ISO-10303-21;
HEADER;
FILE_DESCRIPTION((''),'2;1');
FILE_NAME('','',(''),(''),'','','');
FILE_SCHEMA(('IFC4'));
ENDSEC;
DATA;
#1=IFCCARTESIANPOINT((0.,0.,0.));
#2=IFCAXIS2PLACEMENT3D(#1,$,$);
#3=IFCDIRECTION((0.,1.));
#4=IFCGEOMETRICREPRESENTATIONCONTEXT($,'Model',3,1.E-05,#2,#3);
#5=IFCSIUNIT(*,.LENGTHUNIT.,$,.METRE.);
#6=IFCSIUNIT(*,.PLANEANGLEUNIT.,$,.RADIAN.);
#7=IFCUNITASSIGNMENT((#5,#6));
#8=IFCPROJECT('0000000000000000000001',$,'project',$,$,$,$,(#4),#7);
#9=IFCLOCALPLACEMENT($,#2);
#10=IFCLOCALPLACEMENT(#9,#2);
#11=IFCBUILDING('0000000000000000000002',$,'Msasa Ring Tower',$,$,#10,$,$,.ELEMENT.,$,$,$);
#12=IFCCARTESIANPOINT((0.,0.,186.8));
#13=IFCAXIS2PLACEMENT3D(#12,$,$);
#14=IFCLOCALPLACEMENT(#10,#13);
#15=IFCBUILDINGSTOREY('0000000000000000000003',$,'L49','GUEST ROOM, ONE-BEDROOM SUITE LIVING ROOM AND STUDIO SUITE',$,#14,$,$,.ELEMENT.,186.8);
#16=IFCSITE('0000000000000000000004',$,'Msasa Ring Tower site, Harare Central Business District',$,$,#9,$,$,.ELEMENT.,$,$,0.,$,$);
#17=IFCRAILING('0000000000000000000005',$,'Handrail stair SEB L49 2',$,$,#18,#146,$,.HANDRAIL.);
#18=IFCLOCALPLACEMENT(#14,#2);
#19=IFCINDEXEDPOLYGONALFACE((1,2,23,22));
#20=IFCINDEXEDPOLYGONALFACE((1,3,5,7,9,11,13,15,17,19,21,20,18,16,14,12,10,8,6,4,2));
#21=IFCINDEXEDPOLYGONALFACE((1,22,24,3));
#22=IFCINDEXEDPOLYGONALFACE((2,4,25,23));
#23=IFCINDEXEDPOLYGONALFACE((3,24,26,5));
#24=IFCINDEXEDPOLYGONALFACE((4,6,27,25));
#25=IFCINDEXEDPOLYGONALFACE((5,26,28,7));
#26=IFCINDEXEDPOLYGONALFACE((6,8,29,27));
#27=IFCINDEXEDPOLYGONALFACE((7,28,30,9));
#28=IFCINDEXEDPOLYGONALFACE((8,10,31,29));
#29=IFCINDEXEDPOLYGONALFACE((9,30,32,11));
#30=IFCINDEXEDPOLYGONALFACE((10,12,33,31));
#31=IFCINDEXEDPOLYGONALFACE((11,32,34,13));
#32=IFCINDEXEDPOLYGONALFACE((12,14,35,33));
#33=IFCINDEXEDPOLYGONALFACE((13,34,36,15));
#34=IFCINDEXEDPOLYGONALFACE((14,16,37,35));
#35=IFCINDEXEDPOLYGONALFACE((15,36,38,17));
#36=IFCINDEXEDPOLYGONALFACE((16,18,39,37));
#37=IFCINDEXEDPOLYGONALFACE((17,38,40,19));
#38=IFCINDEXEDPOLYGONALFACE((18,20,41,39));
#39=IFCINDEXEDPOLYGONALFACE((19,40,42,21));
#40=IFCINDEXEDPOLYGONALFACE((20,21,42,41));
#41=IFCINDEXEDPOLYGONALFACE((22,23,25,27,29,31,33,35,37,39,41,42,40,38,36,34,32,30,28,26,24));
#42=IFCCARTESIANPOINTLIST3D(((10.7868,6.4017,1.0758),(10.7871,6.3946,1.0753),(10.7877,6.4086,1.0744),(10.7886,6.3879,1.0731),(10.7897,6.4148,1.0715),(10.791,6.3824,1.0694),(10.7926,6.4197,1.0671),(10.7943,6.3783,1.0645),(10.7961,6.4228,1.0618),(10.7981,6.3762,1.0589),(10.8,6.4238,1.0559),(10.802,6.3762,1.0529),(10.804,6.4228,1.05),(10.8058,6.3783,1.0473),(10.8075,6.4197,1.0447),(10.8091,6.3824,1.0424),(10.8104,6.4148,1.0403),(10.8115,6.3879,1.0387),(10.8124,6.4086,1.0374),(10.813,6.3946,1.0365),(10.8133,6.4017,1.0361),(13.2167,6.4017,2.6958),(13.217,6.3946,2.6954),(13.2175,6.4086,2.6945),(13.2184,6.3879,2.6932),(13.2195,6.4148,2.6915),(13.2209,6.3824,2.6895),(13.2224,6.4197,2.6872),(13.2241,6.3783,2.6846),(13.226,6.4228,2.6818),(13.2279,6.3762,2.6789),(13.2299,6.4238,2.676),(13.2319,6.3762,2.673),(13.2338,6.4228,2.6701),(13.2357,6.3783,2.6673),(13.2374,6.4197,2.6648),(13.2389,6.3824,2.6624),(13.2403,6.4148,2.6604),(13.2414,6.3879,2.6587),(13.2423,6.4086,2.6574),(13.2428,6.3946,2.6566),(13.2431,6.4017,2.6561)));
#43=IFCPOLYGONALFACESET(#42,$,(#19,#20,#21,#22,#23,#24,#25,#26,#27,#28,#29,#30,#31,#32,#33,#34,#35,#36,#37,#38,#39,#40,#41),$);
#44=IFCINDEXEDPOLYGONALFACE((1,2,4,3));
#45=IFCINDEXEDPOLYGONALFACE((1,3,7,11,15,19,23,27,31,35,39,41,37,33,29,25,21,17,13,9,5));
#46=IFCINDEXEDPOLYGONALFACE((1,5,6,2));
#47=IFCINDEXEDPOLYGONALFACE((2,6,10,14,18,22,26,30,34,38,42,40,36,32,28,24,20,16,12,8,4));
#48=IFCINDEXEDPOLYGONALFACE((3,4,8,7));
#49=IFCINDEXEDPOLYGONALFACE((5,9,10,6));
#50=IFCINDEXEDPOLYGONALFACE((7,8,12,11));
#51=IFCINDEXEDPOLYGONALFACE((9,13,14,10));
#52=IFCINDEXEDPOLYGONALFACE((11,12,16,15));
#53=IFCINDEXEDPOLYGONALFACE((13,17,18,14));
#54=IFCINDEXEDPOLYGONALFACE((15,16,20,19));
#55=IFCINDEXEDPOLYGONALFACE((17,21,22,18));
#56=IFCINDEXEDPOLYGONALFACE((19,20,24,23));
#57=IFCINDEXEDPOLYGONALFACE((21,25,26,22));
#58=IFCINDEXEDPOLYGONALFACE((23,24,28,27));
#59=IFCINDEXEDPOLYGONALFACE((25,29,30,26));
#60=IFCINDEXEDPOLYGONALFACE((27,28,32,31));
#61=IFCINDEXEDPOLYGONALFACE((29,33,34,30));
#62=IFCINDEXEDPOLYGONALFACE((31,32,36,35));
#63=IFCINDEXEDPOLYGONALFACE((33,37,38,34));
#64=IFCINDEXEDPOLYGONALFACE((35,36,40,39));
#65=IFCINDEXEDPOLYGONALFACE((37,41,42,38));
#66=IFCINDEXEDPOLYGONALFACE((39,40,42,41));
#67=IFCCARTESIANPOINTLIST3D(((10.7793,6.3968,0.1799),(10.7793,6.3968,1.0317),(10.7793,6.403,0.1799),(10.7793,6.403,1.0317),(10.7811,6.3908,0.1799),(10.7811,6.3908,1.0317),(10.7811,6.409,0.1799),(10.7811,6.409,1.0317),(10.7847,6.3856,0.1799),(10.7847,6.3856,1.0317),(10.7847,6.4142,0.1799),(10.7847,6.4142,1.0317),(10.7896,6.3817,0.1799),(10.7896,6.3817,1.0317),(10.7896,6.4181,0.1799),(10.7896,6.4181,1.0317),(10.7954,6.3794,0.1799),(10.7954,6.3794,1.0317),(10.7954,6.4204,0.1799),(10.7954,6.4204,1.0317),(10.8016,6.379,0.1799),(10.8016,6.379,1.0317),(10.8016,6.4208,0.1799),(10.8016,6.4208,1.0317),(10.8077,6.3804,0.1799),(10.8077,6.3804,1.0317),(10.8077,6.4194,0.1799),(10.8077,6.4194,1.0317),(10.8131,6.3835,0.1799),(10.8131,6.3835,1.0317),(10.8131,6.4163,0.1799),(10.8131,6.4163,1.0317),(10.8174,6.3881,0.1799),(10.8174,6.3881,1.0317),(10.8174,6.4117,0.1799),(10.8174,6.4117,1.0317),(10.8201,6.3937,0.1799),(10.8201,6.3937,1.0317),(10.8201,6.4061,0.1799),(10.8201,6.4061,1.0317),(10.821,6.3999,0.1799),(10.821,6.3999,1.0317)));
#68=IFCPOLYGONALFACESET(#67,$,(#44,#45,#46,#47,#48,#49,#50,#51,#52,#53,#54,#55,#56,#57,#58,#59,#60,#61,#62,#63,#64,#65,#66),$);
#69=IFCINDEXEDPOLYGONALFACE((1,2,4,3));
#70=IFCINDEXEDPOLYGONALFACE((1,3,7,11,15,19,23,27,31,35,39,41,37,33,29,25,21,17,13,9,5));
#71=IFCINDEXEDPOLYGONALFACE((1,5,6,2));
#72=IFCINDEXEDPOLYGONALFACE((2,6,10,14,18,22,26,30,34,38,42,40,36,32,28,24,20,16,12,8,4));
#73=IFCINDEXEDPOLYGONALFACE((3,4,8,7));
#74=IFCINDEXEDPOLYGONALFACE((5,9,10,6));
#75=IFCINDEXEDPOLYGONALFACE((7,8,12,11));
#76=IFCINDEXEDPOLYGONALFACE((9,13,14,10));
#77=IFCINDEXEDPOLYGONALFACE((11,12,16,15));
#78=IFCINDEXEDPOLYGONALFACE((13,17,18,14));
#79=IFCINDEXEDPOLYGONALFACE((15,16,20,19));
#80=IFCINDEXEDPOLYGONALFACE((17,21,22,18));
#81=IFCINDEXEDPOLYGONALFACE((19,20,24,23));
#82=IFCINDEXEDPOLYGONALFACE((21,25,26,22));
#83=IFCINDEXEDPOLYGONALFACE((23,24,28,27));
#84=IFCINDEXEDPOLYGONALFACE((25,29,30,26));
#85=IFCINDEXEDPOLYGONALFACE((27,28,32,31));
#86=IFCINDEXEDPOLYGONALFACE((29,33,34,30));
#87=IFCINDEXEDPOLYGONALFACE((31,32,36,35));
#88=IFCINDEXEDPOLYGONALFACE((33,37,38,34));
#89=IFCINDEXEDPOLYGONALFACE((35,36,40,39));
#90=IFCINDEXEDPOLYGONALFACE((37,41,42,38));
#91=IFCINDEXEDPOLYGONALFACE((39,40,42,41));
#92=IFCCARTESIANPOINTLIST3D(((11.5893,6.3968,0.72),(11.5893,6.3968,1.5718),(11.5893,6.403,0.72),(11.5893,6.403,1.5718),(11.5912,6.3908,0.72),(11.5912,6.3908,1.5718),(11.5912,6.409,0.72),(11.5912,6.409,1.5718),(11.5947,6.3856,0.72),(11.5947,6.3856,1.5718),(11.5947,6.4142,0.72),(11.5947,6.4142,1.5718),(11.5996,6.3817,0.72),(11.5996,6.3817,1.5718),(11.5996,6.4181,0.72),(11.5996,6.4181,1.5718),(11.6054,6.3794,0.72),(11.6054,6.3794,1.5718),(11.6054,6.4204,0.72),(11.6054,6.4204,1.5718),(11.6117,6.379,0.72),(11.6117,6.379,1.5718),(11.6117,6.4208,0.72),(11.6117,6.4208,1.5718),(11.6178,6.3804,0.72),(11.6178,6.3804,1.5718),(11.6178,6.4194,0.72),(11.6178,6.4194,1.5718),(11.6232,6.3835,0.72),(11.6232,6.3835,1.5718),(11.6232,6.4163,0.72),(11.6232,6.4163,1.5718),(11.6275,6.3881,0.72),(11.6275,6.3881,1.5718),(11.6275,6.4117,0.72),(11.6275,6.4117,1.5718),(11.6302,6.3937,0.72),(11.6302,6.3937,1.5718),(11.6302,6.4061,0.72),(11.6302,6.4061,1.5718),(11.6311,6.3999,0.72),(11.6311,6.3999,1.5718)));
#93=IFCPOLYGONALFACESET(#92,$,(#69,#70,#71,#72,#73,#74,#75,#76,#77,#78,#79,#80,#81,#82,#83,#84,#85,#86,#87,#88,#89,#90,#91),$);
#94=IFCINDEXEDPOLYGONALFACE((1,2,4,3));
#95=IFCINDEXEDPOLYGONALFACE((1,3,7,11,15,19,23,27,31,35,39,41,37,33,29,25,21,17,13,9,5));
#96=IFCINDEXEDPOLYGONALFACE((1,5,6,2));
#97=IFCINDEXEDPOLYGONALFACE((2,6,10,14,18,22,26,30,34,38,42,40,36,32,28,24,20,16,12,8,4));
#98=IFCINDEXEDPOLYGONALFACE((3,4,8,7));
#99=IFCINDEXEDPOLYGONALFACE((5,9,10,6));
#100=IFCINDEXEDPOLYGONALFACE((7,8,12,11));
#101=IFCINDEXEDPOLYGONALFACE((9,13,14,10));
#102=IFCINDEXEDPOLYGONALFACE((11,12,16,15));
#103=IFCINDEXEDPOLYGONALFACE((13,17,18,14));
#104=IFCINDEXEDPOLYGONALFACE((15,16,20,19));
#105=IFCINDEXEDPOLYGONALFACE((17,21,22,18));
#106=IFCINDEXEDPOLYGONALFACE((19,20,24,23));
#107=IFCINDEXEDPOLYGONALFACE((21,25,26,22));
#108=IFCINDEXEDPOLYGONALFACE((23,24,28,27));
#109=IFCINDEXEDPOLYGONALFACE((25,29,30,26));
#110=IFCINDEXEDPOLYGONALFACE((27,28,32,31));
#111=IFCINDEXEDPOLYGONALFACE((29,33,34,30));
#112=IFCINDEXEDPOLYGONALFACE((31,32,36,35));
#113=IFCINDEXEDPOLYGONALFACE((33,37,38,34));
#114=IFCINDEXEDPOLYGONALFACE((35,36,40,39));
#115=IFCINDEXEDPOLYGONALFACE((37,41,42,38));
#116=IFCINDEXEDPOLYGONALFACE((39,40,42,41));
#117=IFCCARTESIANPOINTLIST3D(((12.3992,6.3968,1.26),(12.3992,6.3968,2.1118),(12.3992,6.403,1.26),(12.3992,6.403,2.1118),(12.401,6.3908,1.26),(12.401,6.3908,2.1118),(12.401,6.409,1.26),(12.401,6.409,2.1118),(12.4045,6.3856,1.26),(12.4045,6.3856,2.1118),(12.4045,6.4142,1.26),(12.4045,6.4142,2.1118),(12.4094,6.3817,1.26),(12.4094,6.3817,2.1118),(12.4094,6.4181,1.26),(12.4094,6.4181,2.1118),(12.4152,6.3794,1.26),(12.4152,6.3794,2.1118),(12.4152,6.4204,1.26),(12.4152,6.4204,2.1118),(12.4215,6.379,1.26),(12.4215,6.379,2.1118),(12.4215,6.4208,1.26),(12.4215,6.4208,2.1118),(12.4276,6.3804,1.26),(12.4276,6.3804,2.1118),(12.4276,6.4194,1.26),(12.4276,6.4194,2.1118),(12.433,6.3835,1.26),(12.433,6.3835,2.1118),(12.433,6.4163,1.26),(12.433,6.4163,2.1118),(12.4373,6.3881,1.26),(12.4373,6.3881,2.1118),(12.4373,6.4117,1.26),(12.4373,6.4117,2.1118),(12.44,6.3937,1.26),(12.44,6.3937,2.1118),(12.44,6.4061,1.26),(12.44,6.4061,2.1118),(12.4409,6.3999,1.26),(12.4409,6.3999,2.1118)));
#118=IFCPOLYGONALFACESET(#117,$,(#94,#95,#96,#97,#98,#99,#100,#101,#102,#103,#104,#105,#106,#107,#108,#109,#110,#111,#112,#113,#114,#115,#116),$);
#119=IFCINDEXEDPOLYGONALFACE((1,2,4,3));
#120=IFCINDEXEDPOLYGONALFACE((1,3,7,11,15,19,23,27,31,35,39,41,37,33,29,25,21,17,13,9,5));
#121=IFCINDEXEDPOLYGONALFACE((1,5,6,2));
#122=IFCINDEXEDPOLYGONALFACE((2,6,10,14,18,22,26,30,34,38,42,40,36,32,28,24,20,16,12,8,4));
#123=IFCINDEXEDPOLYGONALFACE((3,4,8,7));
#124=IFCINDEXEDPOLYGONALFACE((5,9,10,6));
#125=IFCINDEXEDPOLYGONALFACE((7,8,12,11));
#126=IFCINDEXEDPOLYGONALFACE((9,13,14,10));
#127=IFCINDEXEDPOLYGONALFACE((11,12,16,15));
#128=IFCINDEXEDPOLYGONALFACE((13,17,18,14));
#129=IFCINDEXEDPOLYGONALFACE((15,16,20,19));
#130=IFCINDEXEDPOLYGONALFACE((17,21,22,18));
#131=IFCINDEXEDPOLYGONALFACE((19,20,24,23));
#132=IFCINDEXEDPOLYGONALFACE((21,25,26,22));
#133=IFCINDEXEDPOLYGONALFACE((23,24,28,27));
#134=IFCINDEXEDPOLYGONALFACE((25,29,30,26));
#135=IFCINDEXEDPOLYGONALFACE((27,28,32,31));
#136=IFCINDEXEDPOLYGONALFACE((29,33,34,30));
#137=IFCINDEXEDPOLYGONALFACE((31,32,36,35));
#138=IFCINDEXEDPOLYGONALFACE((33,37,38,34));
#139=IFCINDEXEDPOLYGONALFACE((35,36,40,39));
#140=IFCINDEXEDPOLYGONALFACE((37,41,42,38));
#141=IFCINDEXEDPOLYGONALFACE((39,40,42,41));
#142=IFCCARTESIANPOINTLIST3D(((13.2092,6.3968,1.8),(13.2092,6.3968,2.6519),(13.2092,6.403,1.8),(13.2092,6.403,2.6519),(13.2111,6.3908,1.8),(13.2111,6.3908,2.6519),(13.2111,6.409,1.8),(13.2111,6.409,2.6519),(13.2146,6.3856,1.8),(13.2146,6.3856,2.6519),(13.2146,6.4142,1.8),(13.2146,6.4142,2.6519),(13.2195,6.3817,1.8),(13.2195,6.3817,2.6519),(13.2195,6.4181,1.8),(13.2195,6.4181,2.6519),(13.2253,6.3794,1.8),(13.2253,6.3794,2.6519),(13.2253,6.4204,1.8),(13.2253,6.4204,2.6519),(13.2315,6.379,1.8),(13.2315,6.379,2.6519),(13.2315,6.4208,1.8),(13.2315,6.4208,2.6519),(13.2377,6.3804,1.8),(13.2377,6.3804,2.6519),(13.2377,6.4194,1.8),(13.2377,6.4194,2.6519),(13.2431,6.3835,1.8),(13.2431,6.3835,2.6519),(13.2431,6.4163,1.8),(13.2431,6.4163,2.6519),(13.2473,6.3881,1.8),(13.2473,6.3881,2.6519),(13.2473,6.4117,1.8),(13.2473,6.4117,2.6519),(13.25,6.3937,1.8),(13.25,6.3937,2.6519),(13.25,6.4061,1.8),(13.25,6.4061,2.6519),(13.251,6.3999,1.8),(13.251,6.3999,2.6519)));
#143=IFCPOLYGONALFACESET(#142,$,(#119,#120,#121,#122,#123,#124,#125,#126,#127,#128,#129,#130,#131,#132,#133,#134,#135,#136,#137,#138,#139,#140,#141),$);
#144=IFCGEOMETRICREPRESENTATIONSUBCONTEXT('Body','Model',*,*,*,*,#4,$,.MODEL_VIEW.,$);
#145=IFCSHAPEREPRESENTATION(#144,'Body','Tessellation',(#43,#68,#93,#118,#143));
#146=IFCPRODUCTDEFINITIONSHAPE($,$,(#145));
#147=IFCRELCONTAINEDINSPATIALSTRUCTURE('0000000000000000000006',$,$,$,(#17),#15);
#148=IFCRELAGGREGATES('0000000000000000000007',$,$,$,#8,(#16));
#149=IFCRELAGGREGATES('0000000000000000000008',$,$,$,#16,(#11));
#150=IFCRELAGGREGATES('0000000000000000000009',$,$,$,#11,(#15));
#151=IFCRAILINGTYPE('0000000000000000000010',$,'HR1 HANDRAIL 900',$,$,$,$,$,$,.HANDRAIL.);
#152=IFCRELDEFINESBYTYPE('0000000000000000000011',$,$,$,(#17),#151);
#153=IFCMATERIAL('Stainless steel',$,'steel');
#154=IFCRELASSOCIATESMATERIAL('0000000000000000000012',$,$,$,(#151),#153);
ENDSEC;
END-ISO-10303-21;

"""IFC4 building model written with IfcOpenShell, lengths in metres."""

from ifc_helpers import new_model, si_unit, direction, frame, origin, origin_2d, place, context, subcontext, project, spatial, circle, extrude, material, type_object, element, save


model = new_model("IFC4")

# Units and contexts
model_context = context("Model", 3, precision=1e-05, world=origin(), true_north=direction((0.0, 1.0)))
body_context = subcontext(model_context, "Body", "Model", "MODEL_VIEW")
ifc_project = project(units=[si_unit("LENGTHUNIT", "METRE"), si_unit("PLANEANGLEUNIT", "RADIAN")], contexts=[model_context])

# Site, building, storey
site_placement = place(None, origin())
site = spatial("IfcSite", under=ifc_project, at=site_placement, Name="Msasa Ring Tower site, Harare Central Business District", CompositionType="ELEMENT", RefElevation=0.0)
building_placement = place(site_placement, origin())
building = spatial("IfcBuilding", under=site, at=building_placement, Name="Msasa Ring Tower", CompositionType="ELEMENT")
storey_placement = place(building_placement, frame((0.0, 0.0, 186.8)))
storey = spatial("IfcBuildingStorey", under=building, at=storey_placement, Name="L49", Description="GUEST ROOM, ONE-BEDROOM SUITE LIVING ROOM AND STUDIO SUITE", CompositionType="ELEMENT", Elevation=186.8)

# Railing
ifc_material_1 = material(Name="Stainless steel", Category="steel")
railing_type = type_object("IfcRailingType", Name="HR1 HANDRAIL 900", PredefinedType="HANDRAIL", material=ifc_material_1)
for number, where, name in (
    (1, (10.8, 6.3999, 0.1799), "Handrail stair SEB L49 2"),
):
    element("IfcRailing", number, at=place(storey_placement, frame(where)), inside=storey, type_object=railing_type, Name=name, PredefinedType="HANDRAIL", context=body_context, shape_type="SweptSolid", body=[
        extrude(circle(Radius=0.0239, at=origin_2d()), frame((0.0, 0.0, 0.876), z_axis=(0.832025, 0.0, 0.554739), x_axis=(0.0, 1.0, 0.0)), (0.0, 0.0, 1.0), 2.9204),
        extrude(circle(Radius=0.021, at=origin_2d()), origin(), (0.0, 0.0, 1.0), 0.8518),
        extrude(circle(Radius=0.021, at=origin_2d()), frame((0.8101, 0.0, 0.54)), (0.0, 0.0, 1.0), 0.8518),
        extrude(circle(Radius=0.021, at=origin_2d()), frame((1.6199, 0.0, 1.0801)), (0.0, 0.0, 1.0), 0.8518),
        extrude(circle(Radius=0.021, at=origin_2d()), frame((2.4299, 0.0, 1.6201)), (0.0, 0.0, 1.0), 0.8518),
    ])

save(model, "model.ifc")
